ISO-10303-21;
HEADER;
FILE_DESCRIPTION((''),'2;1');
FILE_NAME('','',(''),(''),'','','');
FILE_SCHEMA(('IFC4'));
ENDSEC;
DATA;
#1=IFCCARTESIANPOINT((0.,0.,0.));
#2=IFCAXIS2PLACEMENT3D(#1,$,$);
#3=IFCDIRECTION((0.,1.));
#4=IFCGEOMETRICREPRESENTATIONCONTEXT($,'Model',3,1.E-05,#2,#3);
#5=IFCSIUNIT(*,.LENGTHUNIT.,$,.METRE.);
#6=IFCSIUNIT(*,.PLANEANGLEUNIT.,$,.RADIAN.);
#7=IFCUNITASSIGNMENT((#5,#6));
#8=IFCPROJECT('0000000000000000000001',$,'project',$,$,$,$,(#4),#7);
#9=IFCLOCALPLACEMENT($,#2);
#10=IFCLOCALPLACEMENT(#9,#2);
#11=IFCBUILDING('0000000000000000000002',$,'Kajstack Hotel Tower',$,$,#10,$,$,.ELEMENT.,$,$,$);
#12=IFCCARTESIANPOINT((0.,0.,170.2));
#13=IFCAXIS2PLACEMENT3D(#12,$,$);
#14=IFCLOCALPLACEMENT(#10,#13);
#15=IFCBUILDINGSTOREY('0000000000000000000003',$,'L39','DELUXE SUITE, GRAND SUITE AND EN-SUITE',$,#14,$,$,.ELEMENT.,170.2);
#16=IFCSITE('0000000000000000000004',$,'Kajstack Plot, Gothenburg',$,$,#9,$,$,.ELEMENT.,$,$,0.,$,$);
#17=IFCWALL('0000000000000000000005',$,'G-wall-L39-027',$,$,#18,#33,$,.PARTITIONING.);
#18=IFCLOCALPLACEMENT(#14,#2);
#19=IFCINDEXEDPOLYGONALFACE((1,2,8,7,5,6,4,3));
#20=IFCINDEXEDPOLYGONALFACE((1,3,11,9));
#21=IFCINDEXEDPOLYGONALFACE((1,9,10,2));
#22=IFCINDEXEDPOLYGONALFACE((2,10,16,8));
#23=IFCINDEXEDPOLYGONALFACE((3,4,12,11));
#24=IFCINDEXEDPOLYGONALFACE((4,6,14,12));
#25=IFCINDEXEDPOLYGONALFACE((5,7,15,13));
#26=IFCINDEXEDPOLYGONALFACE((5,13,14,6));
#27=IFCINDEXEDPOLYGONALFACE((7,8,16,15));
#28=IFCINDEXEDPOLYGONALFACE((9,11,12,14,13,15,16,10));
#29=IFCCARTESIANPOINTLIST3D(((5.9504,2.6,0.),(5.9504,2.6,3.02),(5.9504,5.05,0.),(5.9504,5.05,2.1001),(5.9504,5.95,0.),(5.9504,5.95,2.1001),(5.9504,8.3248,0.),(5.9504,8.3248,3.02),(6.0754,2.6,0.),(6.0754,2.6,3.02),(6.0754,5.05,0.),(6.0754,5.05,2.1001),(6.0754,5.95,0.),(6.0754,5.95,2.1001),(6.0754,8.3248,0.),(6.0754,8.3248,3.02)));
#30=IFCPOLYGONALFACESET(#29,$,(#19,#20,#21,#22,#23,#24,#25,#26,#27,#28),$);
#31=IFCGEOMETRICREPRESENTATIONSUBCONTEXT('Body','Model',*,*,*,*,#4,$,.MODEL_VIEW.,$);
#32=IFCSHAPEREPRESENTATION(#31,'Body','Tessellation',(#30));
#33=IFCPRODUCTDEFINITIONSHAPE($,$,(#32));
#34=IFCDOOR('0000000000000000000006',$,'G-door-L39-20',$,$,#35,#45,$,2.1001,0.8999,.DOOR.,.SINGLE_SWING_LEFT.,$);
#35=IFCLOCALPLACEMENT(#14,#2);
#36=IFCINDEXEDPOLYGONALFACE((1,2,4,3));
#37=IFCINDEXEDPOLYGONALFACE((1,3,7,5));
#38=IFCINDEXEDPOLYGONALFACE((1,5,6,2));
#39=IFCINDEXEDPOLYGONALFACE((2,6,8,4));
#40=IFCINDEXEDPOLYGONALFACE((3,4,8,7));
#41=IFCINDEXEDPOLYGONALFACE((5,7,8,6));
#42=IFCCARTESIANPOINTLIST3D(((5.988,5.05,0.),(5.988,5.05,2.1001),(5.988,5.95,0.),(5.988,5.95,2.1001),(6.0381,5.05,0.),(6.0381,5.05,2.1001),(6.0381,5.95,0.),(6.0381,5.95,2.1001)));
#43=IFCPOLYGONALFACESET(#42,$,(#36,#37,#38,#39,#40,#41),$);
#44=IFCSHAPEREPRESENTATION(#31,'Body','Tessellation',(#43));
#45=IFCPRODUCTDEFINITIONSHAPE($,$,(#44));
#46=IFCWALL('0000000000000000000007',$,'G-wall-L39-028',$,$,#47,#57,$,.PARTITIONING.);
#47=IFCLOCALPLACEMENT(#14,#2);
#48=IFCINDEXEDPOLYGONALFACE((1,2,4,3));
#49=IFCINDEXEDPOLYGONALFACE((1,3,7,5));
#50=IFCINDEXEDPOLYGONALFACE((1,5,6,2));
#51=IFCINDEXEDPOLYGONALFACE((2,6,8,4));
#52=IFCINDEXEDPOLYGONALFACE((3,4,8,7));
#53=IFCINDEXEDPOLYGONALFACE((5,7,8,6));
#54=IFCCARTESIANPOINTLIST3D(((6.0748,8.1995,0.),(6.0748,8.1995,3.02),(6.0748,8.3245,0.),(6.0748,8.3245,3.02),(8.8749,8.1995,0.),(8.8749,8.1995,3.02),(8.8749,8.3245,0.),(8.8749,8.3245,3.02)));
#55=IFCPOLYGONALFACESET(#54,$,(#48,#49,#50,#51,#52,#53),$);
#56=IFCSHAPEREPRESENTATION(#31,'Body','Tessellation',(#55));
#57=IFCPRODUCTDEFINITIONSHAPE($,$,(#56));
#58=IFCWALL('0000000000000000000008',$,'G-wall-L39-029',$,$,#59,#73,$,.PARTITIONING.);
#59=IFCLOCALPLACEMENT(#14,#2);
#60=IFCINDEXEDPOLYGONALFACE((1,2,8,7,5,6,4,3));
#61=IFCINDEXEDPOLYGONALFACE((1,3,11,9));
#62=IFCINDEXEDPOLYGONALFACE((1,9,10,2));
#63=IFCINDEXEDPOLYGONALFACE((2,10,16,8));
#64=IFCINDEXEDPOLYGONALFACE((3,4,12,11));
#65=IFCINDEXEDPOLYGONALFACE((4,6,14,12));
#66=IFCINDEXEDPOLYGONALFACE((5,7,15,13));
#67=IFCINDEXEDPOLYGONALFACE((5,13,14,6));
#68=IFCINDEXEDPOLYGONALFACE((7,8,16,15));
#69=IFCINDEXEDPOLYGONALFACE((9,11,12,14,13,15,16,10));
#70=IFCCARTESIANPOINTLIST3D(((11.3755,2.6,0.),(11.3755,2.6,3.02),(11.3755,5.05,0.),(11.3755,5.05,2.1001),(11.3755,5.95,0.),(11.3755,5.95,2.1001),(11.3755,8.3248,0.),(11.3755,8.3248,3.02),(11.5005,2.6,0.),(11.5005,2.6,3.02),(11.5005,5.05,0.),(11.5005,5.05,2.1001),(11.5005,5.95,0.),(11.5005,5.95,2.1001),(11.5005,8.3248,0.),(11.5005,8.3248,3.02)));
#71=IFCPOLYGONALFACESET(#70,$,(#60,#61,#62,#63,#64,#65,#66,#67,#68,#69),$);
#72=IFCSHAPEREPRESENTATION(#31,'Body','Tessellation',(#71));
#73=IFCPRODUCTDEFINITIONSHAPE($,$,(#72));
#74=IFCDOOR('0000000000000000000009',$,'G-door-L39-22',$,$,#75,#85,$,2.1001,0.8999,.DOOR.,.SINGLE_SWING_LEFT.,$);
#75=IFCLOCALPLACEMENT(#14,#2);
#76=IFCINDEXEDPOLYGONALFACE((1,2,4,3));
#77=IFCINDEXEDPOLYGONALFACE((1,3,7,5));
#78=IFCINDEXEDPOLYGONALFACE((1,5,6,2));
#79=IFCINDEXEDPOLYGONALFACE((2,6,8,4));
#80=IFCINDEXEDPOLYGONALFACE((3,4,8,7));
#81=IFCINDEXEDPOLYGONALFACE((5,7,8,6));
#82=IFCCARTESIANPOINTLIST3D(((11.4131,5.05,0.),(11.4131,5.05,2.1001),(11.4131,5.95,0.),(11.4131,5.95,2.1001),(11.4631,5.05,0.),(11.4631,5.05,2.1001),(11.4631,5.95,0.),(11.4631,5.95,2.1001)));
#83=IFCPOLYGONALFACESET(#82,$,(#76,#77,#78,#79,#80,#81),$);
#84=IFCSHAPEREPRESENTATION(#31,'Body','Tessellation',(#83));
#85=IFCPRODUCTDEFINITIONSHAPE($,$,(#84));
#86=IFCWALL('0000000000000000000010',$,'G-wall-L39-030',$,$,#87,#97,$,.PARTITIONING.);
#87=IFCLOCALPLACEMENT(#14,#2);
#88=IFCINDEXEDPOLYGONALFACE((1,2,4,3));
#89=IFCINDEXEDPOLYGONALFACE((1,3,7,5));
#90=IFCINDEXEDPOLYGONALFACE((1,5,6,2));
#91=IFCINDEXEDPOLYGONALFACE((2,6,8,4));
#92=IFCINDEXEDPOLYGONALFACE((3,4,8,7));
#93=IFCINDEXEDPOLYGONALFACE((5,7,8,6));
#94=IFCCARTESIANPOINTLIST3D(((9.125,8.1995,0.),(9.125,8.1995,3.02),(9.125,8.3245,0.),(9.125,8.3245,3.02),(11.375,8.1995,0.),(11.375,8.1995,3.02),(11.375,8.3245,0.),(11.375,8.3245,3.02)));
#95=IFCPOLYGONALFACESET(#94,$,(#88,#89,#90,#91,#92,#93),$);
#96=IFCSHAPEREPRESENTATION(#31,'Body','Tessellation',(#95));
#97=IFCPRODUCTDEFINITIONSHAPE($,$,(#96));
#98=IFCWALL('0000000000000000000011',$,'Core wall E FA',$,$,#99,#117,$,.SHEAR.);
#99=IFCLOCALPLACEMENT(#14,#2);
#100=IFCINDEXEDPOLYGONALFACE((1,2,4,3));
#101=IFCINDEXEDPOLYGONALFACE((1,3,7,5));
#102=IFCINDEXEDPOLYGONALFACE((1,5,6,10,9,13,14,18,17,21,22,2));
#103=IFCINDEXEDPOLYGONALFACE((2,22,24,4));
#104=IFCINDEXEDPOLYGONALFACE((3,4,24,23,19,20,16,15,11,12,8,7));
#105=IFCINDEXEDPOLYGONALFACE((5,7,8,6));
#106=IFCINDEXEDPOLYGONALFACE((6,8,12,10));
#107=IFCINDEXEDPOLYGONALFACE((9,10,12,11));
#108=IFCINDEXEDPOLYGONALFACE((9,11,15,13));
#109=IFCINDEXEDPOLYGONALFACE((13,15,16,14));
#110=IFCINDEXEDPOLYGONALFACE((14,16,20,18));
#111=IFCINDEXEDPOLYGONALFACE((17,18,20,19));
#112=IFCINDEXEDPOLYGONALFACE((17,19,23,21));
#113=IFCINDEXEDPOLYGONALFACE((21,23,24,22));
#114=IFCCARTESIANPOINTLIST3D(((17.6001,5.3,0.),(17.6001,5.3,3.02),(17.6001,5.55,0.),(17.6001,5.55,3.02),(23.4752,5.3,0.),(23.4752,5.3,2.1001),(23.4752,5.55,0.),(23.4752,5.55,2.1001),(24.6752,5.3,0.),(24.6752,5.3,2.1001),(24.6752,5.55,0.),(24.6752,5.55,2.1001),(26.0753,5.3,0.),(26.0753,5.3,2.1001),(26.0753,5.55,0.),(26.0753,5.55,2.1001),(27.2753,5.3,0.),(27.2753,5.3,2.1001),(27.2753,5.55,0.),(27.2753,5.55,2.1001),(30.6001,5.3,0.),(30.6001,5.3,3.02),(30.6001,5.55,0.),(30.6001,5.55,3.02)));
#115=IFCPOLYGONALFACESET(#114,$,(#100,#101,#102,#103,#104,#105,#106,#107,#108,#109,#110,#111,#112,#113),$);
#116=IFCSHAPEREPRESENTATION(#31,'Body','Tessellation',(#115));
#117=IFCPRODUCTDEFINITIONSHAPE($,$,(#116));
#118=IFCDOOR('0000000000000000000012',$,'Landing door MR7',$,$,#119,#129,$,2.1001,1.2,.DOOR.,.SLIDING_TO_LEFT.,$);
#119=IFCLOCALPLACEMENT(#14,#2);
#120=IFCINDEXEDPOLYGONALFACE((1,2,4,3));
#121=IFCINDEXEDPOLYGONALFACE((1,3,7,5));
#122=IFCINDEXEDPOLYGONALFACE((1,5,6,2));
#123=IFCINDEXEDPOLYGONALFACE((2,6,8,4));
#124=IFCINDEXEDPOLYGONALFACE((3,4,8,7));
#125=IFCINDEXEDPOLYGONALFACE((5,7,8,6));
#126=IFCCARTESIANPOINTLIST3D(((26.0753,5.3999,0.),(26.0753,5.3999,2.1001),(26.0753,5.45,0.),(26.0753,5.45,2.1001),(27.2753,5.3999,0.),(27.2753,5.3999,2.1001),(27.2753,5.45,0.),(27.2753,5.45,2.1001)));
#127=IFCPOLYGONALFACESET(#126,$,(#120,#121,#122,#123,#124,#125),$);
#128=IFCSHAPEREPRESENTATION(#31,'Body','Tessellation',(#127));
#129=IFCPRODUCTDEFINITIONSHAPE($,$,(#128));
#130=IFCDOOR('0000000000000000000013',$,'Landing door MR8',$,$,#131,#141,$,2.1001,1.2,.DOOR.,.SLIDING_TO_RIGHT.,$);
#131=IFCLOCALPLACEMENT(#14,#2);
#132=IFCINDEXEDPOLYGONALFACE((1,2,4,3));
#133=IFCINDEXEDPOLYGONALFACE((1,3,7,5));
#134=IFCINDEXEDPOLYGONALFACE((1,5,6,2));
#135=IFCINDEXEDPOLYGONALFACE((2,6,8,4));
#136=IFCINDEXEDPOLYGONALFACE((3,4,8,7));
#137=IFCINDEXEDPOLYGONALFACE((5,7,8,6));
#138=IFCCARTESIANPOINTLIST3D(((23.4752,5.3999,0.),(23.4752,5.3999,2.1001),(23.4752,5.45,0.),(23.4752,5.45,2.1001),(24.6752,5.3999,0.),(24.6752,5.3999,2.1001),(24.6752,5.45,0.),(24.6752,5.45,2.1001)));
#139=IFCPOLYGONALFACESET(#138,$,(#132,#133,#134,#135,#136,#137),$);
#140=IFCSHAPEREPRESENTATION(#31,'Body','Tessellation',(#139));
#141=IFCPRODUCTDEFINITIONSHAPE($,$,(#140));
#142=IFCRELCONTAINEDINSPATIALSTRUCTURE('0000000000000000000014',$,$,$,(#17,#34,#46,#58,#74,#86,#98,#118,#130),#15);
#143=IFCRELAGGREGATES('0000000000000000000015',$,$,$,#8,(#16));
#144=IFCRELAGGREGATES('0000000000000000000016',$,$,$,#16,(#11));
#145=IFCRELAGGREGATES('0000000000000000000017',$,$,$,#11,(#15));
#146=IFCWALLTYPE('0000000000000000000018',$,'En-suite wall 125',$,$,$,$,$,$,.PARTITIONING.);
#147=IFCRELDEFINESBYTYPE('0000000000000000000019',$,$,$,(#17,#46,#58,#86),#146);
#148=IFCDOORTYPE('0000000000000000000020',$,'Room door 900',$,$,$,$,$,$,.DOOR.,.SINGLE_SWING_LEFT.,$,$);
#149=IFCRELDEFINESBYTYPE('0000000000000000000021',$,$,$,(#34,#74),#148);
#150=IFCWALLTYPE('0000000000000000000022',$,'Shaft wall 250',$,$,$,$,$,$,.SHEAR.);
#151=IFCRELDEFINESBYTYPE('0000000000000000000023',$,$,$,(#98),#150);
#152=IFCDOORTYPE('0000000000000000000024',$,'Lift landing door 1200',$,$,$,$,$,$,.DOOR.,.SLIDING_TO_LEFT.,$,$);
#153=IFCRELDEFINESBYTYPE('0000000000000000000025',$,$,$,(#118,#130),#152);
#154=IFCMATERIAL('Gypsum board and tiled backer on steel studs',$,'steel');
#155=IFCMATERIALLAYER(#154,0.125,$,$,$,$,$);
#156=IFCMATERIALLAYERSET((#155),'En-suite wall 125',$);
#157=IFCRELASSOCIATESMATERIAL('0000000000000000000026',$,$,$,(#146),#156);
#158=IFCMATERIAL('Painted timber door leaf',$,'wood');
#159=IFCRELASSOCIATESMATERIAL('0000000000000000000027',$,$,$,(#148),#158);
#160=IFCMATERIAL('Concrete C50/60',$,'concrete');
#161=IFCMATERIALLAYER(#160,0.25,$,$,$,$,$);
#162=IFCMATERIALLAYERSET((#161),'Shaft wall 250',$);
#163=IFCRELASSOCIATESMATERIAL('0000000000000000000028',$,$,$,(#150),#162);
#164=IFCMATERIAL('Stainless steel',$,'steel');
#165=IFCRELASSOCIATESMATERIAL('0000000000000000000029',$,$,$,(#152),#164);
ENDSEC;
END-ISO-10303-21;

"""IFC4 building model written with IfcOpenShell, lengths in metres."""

from ifc_helpers import new_model, si_unit, direction, frame, frame_2d, origin, place, context, subcontext, project, spatial, rectangle, extrude, material, layer, layer_set, type_object, element, fill, save


model = new_model("IFC4")

# Units and contexts
model_context = context("Model", 3, precision=1e-05, world=origin(), true_north=direction((0.0, 1.0)))
body_context = subcontext(model_context, "Body", "Model", "MODEL_VIEW")
ifc_project = project(units=[si_unit("LENGTHUNIT", "METRE"), si_unit("PLANEANGLEUNIT", "RADIAN")], contexts=[model_context])

# Site, building, storey
site_placement = place(None, origin())
site = spatial("IfcSite", under=ifc_project, at=site_placement, Name="Kajstack Plot, Gothenburg", CompositionType="ELEMENT", RefElevation=0.0)
building_placement = place(site_placement, origin())
building = spatial("IfcBuilding", under=site, at=building_placement, Name="Kajstack Hotel Tower", CompositionType="ELEMENT")
storey_placement = place(building_placement, frame((0.0, 0.0, 170.2)))
storey = spatial("IfcBuildingStorey", under=building, at=storey_placement, Name="L39", Description="DELUXE SUITE, GRAND SUITE AND EN-SUITE", CompositionType="ELEMENT", Elevation=170.2)

# Wall, opening, door
ifc_material_1 = material(Name="Gypsum board and tiled backer on steel studs", Category="steel")
ifc_layer_1 = layer(ifc_material_1, 0.125)
ifc_layer_set_1 = layer_set([ifc_layer_1], Name="En-suite wall 125")
wall_type_1 = type_object("IfcWallType", Name="En-suite wall 125", PredefinedType="PARTITIONING", material=ifc_layer_set_1)
wall_1_placement = place(storey_placement, frame((6.0129, 2.6001, 0.0), z_axis=(0.0, 0.0, 1.0), x_axis=(0.0, 1.0, 0.0)))
wall_1 = element("IfcWall", 1, at=wall_1_placement, inside=storey, type_object=wall_type_1, Name="G-wall-L39-027", PredefinedType="PARTITIONING", context=body_context, shape_type="SweptSolid", body=[
    extrude(rectangle(XDim=5.7249, YDim=0.125, at=frame_2d((2.8623, 0.0))), origin(), (0.0, 0.0, 1.0), 3.02),
])
opening_1_placement = place(wall_1_placement, frame((2.45, 0.0, 0.0)))
opening_1 = element("IfcOpeningElement", 2, at=opening_1_placement, cuts=wall_1, PredefinedType="OPENING", context=body_context, shape_type="SweptSolid", body=[
    extrude(rectangle(XDim=0.8999, YDim=2.1001, at=frame_2d((0.45, 1.05))), frame((0.0, 0.0725, 0.0), z_axis=(0.0, -1.0, 0.0), x_axis=(1.0, 0.0, 0.0)), (0.0, 0.0, 1.0), 0.145),
])
ifc_material_2 = material(Name="Painted timber door leaf", Category="wood")
door_type_1 = type_object("IfcDoorType", Name="Room door 900", OperationType="SINGLE_SWING_LEFT", PredefinedType="DOOR", material=ifc_material_2)
door_1_placement = place(opening_1_placement, origin())
door_1 = element("IfcDoor", 3, at=door_1_placement, inside=storey, type_object=door_type_1, Name="G-door-L39-20", OperationType="SINGLE_SWING_LEFT", OverallHeight=2.1001, OverallWidth=0.8999, PredefinedType="DOOR", context=body_context, shape_type="SweptSolid", body=[
    extrude(rectangle(XDim=0.8999, YDim=2.1001, at=frame_2d((0.45, 1.05))), frame((0.0, 0.0249, 0.0), z_axis=(0.0, -1.0, 0.0), x_axis=(1.0, 0.0, 0.0)), (0.0, 0.0, 1.0), 0.05),
])
fill(opening_1, door_1)

# Wall
wall_2_placement = place(storey_placement, frame((6.075, 8.262, 0.0), z_axis=(0.0, 0.0, 1.0), x_axis=(1.0, 0.0, 0.0)))
element("IfcWall", 4, at=wall_2_placement, inside=storey, type_object=wall_type_1, Name="G-wall-L39-028", PredefinedType="PARTITIONING", context=body_context, shape_type="SweptSolid", body=[
    extrude(rectangle(XDim=2.8, YDim=0.125, at=frame_2d((1.3999, 0.0))), origin(), (0.0, 0.0, 1.0), 3.02),
])

# Wall, opening, door
wall_3_placement = place(storey_placement, frame((11.438, 2.6001, 0.0), z_axis=(0.0, 0.0, 1.0), x_axis=(0.0, 1.0, 0.0)))
wall_3 = element("IfcWall", 5, at=wall_3_placement, inside=storey, type_object=wall_type_1, Name="G-wall-L39-029", PredefinedType="PARTITIONING", context=body_context, shape_type="SweptSolid", body=[
    extrude(rectangle(XDim=5.7249, YDim=0.125, at=frame_2d((2.8623, 0.0))), origin(), (0.0, 0.0, 1.0), 3.02),
])
opening_2_placement = place(wall_3_placement, frame((2.45, 0.0, 0.0)))
opening_2 = element("IfcOpeningElement", 6, at=opening_2_placement, cuts=wall_3, PredefinedType="OPENING", context=body_context, shape_type="SweptSolid", body=[
    extrude(rectangle(XDim=0.8999, YDim=2.1001, at=frame_2d((0.45, 1.05))), frame((0.0, 0.0725, 0.0), z_axis=(0.0, -1.0, 0.0), x_axis=(1.0, 0.0, 0.0)), (0.0, 0.0, 1.0), 0.145),
])
door_2_placement = place(opening_2_placement, origin())
door_2 = element("IfcDoor", 7, at=door_2_placement, inside=storey, type_object=door_type_1, Name="G-door-L39-22", OperationType="SINGLE_SWING_LEFT", OverallHeight=2.1001, OverallWidth=0.8999, PredefinedType="DOOR", context=body_context, shape_type="SweptSolid", body=[
    extrude(rectangle(XDim=0.8999, YDim=2.1001, at=frame_2d((0.45, 1.05))), frame((0.0, 0.0249, 0.0), z_axis=(0.0, -1.0, 0.0), x_axis=(1.0, 0.0, 0.0)), (0.0, 0.0, 1.0), 0.05),
])
fill(opening_2, door_2)

# Wall
wall_4_placement = place(storey_placement, frame((9.125, 8.262, 0.0), z_axis=(0.0, 0.0, 1.0), x_axis=(1.0, 0.0, 0.0)))
element("IfcWall", 8, at=wall_4_placement, inside=storey, type_object=wall_type_1, Name="G-wall-L39-030", PredefinedType="PARTITIONING", context=body_context, shape_type="SweptSolid", body=[
    extrude(rectangle(XDim=2.25, YDim=0.125, at=frame_2d((1.125, 0.0))), origin(), (0.0, 0.0, 1.0), 3.02),
])

# Wall, openings, doors
ifc_material_3 = material(Name="Concrete C50/60", Category="concrete")
ifc_layer_2 = layer(ifc_material_3, 0.25)
ifc_layer_set_2 = layer_set([ifc_layer_2], Name="Shaft wall 250")
wall_type_2 = type_object("IfcWallType", Name="Shaft wall 250", PredefinedType="SHEAR", material=ifc_layer_set_2)
wall_5_placement = place(storey_placement, frame((17.6001, 5.425, 0.0), z_axis=(0.0, 0.0, 1.0), x_axis=(1.0, 0.0, 0.0)))
wall_5 = element("IfcWall", 9, at=wall_5_placement, inside=storey, type_object=wall_type_2, Name="Core wall E FA", PredefinedType="SHEAR", context=body_context, shape_type="SweptSolid", body=[
    extrude(rectangle(XDim=13.0, YDim=0.25, at=frame_2d((6.5, 0.0))), origin(), (0.0, 0.0, 1.0), 3.02),
])
opening_3_placement = place(wall_5_placement, frame((8.4751, 0.0, 0.0)))
opening_3 = element("IfcOpeningElement", 10, at=opening_3_placement, cuts=wall_5, PredefinedType="OPENING", context=body_context, shape_type="SweptSolid", body=[
    extrude(rectangle(XDim=1.2, YDim=2.1001, at=frame_2d((0.6001, 1.05))), frame((0.0, 0.135, 0.0), z_axis=(0.0, -1.0, 0.0), x_axis=(1.0, 0.0, 0.0)), (0.0, 0.0, 1.0), 0.27),
])
opening_4_placement = place(wall_5_placement, frame((5.875, 0.0, 0.0)))
opening_4 = element("IfcOpeningElement", 11, at=opening_4_placement, cuts=wall_5, PredefinedType="OPENING", context=body_context, shape_type="SweptSolid", body=[
    extrude(rectangle(XDim=1.2, YDim=2.1001, at=frame_2d((0.6001, 1.05))), frame((0.0, 0.135, 0.0), z_axis=(0.0, -1.0, 0.0), x_axis=(1.0, 0.0, 0.0)), (0.0, 0.0, 1.0), 0.27),
])
ifc_material_4 = material(Name="Stainless steel", Category="steel")
door_type_2 = type_object("IfcDoorType", Name="Lift landing door 1200", OperationType="SLIDING_TO_LEFT", PredefinedType="DOOR", material=ifc_material_4)
door_3_placement = place(opening_3_placement, origin())
door_3 = element("IfcDoor", 12, at=door_3_placement, inside=storey, type_object=door_type_2, Name="Landing door MR7", OperationType="SLIDING_TO_LEFT", OverallHeight=2.1001, OverallWidth=1.2, PredefinedType="DOOR", context=body_context, shape_type="SweptSolid", body=[
    extrude(rectangle(XDim=1.2, YDim=2.1001, at=frame_2d((0.6001, 1.05))), frame((0.0, 0.0249, 0.0), z_axis=(0.0, -1.0, 0.0), x_axis=(1.0, 0.0, 0.0)), (0.0, 0.0, 1.0), 0.05),
])
fill(opening_3, door_3)
door_4_placement = place(opening_4_placement, origin())
door_4 = element("IfcDoor", 13, at=door_4_placement, inside=storey, type_object=door_type_2, Name="Landing door MR8", OperationType="SLIDING_TO_RIGHT", OverallHeight=2.1001, OverallWidth=1.2, PredefinedType="DOOR", context=body_context, shape_type="SweptSolid", body=[
    extrude(rectangle(XDim=1.2, YDim=2.1001, at=frame_2d((0.6001, 1.05))), frame((0.0, 0.0249, 0.0), z_axis=(0.0, -1.0, 0.0), x_axis=(1.0, 0.0, 0.0)), (0.0, 0.0, 1.0), 0.05),
])
fill(opening_4, door_4)

save(model, "model.ifc")
